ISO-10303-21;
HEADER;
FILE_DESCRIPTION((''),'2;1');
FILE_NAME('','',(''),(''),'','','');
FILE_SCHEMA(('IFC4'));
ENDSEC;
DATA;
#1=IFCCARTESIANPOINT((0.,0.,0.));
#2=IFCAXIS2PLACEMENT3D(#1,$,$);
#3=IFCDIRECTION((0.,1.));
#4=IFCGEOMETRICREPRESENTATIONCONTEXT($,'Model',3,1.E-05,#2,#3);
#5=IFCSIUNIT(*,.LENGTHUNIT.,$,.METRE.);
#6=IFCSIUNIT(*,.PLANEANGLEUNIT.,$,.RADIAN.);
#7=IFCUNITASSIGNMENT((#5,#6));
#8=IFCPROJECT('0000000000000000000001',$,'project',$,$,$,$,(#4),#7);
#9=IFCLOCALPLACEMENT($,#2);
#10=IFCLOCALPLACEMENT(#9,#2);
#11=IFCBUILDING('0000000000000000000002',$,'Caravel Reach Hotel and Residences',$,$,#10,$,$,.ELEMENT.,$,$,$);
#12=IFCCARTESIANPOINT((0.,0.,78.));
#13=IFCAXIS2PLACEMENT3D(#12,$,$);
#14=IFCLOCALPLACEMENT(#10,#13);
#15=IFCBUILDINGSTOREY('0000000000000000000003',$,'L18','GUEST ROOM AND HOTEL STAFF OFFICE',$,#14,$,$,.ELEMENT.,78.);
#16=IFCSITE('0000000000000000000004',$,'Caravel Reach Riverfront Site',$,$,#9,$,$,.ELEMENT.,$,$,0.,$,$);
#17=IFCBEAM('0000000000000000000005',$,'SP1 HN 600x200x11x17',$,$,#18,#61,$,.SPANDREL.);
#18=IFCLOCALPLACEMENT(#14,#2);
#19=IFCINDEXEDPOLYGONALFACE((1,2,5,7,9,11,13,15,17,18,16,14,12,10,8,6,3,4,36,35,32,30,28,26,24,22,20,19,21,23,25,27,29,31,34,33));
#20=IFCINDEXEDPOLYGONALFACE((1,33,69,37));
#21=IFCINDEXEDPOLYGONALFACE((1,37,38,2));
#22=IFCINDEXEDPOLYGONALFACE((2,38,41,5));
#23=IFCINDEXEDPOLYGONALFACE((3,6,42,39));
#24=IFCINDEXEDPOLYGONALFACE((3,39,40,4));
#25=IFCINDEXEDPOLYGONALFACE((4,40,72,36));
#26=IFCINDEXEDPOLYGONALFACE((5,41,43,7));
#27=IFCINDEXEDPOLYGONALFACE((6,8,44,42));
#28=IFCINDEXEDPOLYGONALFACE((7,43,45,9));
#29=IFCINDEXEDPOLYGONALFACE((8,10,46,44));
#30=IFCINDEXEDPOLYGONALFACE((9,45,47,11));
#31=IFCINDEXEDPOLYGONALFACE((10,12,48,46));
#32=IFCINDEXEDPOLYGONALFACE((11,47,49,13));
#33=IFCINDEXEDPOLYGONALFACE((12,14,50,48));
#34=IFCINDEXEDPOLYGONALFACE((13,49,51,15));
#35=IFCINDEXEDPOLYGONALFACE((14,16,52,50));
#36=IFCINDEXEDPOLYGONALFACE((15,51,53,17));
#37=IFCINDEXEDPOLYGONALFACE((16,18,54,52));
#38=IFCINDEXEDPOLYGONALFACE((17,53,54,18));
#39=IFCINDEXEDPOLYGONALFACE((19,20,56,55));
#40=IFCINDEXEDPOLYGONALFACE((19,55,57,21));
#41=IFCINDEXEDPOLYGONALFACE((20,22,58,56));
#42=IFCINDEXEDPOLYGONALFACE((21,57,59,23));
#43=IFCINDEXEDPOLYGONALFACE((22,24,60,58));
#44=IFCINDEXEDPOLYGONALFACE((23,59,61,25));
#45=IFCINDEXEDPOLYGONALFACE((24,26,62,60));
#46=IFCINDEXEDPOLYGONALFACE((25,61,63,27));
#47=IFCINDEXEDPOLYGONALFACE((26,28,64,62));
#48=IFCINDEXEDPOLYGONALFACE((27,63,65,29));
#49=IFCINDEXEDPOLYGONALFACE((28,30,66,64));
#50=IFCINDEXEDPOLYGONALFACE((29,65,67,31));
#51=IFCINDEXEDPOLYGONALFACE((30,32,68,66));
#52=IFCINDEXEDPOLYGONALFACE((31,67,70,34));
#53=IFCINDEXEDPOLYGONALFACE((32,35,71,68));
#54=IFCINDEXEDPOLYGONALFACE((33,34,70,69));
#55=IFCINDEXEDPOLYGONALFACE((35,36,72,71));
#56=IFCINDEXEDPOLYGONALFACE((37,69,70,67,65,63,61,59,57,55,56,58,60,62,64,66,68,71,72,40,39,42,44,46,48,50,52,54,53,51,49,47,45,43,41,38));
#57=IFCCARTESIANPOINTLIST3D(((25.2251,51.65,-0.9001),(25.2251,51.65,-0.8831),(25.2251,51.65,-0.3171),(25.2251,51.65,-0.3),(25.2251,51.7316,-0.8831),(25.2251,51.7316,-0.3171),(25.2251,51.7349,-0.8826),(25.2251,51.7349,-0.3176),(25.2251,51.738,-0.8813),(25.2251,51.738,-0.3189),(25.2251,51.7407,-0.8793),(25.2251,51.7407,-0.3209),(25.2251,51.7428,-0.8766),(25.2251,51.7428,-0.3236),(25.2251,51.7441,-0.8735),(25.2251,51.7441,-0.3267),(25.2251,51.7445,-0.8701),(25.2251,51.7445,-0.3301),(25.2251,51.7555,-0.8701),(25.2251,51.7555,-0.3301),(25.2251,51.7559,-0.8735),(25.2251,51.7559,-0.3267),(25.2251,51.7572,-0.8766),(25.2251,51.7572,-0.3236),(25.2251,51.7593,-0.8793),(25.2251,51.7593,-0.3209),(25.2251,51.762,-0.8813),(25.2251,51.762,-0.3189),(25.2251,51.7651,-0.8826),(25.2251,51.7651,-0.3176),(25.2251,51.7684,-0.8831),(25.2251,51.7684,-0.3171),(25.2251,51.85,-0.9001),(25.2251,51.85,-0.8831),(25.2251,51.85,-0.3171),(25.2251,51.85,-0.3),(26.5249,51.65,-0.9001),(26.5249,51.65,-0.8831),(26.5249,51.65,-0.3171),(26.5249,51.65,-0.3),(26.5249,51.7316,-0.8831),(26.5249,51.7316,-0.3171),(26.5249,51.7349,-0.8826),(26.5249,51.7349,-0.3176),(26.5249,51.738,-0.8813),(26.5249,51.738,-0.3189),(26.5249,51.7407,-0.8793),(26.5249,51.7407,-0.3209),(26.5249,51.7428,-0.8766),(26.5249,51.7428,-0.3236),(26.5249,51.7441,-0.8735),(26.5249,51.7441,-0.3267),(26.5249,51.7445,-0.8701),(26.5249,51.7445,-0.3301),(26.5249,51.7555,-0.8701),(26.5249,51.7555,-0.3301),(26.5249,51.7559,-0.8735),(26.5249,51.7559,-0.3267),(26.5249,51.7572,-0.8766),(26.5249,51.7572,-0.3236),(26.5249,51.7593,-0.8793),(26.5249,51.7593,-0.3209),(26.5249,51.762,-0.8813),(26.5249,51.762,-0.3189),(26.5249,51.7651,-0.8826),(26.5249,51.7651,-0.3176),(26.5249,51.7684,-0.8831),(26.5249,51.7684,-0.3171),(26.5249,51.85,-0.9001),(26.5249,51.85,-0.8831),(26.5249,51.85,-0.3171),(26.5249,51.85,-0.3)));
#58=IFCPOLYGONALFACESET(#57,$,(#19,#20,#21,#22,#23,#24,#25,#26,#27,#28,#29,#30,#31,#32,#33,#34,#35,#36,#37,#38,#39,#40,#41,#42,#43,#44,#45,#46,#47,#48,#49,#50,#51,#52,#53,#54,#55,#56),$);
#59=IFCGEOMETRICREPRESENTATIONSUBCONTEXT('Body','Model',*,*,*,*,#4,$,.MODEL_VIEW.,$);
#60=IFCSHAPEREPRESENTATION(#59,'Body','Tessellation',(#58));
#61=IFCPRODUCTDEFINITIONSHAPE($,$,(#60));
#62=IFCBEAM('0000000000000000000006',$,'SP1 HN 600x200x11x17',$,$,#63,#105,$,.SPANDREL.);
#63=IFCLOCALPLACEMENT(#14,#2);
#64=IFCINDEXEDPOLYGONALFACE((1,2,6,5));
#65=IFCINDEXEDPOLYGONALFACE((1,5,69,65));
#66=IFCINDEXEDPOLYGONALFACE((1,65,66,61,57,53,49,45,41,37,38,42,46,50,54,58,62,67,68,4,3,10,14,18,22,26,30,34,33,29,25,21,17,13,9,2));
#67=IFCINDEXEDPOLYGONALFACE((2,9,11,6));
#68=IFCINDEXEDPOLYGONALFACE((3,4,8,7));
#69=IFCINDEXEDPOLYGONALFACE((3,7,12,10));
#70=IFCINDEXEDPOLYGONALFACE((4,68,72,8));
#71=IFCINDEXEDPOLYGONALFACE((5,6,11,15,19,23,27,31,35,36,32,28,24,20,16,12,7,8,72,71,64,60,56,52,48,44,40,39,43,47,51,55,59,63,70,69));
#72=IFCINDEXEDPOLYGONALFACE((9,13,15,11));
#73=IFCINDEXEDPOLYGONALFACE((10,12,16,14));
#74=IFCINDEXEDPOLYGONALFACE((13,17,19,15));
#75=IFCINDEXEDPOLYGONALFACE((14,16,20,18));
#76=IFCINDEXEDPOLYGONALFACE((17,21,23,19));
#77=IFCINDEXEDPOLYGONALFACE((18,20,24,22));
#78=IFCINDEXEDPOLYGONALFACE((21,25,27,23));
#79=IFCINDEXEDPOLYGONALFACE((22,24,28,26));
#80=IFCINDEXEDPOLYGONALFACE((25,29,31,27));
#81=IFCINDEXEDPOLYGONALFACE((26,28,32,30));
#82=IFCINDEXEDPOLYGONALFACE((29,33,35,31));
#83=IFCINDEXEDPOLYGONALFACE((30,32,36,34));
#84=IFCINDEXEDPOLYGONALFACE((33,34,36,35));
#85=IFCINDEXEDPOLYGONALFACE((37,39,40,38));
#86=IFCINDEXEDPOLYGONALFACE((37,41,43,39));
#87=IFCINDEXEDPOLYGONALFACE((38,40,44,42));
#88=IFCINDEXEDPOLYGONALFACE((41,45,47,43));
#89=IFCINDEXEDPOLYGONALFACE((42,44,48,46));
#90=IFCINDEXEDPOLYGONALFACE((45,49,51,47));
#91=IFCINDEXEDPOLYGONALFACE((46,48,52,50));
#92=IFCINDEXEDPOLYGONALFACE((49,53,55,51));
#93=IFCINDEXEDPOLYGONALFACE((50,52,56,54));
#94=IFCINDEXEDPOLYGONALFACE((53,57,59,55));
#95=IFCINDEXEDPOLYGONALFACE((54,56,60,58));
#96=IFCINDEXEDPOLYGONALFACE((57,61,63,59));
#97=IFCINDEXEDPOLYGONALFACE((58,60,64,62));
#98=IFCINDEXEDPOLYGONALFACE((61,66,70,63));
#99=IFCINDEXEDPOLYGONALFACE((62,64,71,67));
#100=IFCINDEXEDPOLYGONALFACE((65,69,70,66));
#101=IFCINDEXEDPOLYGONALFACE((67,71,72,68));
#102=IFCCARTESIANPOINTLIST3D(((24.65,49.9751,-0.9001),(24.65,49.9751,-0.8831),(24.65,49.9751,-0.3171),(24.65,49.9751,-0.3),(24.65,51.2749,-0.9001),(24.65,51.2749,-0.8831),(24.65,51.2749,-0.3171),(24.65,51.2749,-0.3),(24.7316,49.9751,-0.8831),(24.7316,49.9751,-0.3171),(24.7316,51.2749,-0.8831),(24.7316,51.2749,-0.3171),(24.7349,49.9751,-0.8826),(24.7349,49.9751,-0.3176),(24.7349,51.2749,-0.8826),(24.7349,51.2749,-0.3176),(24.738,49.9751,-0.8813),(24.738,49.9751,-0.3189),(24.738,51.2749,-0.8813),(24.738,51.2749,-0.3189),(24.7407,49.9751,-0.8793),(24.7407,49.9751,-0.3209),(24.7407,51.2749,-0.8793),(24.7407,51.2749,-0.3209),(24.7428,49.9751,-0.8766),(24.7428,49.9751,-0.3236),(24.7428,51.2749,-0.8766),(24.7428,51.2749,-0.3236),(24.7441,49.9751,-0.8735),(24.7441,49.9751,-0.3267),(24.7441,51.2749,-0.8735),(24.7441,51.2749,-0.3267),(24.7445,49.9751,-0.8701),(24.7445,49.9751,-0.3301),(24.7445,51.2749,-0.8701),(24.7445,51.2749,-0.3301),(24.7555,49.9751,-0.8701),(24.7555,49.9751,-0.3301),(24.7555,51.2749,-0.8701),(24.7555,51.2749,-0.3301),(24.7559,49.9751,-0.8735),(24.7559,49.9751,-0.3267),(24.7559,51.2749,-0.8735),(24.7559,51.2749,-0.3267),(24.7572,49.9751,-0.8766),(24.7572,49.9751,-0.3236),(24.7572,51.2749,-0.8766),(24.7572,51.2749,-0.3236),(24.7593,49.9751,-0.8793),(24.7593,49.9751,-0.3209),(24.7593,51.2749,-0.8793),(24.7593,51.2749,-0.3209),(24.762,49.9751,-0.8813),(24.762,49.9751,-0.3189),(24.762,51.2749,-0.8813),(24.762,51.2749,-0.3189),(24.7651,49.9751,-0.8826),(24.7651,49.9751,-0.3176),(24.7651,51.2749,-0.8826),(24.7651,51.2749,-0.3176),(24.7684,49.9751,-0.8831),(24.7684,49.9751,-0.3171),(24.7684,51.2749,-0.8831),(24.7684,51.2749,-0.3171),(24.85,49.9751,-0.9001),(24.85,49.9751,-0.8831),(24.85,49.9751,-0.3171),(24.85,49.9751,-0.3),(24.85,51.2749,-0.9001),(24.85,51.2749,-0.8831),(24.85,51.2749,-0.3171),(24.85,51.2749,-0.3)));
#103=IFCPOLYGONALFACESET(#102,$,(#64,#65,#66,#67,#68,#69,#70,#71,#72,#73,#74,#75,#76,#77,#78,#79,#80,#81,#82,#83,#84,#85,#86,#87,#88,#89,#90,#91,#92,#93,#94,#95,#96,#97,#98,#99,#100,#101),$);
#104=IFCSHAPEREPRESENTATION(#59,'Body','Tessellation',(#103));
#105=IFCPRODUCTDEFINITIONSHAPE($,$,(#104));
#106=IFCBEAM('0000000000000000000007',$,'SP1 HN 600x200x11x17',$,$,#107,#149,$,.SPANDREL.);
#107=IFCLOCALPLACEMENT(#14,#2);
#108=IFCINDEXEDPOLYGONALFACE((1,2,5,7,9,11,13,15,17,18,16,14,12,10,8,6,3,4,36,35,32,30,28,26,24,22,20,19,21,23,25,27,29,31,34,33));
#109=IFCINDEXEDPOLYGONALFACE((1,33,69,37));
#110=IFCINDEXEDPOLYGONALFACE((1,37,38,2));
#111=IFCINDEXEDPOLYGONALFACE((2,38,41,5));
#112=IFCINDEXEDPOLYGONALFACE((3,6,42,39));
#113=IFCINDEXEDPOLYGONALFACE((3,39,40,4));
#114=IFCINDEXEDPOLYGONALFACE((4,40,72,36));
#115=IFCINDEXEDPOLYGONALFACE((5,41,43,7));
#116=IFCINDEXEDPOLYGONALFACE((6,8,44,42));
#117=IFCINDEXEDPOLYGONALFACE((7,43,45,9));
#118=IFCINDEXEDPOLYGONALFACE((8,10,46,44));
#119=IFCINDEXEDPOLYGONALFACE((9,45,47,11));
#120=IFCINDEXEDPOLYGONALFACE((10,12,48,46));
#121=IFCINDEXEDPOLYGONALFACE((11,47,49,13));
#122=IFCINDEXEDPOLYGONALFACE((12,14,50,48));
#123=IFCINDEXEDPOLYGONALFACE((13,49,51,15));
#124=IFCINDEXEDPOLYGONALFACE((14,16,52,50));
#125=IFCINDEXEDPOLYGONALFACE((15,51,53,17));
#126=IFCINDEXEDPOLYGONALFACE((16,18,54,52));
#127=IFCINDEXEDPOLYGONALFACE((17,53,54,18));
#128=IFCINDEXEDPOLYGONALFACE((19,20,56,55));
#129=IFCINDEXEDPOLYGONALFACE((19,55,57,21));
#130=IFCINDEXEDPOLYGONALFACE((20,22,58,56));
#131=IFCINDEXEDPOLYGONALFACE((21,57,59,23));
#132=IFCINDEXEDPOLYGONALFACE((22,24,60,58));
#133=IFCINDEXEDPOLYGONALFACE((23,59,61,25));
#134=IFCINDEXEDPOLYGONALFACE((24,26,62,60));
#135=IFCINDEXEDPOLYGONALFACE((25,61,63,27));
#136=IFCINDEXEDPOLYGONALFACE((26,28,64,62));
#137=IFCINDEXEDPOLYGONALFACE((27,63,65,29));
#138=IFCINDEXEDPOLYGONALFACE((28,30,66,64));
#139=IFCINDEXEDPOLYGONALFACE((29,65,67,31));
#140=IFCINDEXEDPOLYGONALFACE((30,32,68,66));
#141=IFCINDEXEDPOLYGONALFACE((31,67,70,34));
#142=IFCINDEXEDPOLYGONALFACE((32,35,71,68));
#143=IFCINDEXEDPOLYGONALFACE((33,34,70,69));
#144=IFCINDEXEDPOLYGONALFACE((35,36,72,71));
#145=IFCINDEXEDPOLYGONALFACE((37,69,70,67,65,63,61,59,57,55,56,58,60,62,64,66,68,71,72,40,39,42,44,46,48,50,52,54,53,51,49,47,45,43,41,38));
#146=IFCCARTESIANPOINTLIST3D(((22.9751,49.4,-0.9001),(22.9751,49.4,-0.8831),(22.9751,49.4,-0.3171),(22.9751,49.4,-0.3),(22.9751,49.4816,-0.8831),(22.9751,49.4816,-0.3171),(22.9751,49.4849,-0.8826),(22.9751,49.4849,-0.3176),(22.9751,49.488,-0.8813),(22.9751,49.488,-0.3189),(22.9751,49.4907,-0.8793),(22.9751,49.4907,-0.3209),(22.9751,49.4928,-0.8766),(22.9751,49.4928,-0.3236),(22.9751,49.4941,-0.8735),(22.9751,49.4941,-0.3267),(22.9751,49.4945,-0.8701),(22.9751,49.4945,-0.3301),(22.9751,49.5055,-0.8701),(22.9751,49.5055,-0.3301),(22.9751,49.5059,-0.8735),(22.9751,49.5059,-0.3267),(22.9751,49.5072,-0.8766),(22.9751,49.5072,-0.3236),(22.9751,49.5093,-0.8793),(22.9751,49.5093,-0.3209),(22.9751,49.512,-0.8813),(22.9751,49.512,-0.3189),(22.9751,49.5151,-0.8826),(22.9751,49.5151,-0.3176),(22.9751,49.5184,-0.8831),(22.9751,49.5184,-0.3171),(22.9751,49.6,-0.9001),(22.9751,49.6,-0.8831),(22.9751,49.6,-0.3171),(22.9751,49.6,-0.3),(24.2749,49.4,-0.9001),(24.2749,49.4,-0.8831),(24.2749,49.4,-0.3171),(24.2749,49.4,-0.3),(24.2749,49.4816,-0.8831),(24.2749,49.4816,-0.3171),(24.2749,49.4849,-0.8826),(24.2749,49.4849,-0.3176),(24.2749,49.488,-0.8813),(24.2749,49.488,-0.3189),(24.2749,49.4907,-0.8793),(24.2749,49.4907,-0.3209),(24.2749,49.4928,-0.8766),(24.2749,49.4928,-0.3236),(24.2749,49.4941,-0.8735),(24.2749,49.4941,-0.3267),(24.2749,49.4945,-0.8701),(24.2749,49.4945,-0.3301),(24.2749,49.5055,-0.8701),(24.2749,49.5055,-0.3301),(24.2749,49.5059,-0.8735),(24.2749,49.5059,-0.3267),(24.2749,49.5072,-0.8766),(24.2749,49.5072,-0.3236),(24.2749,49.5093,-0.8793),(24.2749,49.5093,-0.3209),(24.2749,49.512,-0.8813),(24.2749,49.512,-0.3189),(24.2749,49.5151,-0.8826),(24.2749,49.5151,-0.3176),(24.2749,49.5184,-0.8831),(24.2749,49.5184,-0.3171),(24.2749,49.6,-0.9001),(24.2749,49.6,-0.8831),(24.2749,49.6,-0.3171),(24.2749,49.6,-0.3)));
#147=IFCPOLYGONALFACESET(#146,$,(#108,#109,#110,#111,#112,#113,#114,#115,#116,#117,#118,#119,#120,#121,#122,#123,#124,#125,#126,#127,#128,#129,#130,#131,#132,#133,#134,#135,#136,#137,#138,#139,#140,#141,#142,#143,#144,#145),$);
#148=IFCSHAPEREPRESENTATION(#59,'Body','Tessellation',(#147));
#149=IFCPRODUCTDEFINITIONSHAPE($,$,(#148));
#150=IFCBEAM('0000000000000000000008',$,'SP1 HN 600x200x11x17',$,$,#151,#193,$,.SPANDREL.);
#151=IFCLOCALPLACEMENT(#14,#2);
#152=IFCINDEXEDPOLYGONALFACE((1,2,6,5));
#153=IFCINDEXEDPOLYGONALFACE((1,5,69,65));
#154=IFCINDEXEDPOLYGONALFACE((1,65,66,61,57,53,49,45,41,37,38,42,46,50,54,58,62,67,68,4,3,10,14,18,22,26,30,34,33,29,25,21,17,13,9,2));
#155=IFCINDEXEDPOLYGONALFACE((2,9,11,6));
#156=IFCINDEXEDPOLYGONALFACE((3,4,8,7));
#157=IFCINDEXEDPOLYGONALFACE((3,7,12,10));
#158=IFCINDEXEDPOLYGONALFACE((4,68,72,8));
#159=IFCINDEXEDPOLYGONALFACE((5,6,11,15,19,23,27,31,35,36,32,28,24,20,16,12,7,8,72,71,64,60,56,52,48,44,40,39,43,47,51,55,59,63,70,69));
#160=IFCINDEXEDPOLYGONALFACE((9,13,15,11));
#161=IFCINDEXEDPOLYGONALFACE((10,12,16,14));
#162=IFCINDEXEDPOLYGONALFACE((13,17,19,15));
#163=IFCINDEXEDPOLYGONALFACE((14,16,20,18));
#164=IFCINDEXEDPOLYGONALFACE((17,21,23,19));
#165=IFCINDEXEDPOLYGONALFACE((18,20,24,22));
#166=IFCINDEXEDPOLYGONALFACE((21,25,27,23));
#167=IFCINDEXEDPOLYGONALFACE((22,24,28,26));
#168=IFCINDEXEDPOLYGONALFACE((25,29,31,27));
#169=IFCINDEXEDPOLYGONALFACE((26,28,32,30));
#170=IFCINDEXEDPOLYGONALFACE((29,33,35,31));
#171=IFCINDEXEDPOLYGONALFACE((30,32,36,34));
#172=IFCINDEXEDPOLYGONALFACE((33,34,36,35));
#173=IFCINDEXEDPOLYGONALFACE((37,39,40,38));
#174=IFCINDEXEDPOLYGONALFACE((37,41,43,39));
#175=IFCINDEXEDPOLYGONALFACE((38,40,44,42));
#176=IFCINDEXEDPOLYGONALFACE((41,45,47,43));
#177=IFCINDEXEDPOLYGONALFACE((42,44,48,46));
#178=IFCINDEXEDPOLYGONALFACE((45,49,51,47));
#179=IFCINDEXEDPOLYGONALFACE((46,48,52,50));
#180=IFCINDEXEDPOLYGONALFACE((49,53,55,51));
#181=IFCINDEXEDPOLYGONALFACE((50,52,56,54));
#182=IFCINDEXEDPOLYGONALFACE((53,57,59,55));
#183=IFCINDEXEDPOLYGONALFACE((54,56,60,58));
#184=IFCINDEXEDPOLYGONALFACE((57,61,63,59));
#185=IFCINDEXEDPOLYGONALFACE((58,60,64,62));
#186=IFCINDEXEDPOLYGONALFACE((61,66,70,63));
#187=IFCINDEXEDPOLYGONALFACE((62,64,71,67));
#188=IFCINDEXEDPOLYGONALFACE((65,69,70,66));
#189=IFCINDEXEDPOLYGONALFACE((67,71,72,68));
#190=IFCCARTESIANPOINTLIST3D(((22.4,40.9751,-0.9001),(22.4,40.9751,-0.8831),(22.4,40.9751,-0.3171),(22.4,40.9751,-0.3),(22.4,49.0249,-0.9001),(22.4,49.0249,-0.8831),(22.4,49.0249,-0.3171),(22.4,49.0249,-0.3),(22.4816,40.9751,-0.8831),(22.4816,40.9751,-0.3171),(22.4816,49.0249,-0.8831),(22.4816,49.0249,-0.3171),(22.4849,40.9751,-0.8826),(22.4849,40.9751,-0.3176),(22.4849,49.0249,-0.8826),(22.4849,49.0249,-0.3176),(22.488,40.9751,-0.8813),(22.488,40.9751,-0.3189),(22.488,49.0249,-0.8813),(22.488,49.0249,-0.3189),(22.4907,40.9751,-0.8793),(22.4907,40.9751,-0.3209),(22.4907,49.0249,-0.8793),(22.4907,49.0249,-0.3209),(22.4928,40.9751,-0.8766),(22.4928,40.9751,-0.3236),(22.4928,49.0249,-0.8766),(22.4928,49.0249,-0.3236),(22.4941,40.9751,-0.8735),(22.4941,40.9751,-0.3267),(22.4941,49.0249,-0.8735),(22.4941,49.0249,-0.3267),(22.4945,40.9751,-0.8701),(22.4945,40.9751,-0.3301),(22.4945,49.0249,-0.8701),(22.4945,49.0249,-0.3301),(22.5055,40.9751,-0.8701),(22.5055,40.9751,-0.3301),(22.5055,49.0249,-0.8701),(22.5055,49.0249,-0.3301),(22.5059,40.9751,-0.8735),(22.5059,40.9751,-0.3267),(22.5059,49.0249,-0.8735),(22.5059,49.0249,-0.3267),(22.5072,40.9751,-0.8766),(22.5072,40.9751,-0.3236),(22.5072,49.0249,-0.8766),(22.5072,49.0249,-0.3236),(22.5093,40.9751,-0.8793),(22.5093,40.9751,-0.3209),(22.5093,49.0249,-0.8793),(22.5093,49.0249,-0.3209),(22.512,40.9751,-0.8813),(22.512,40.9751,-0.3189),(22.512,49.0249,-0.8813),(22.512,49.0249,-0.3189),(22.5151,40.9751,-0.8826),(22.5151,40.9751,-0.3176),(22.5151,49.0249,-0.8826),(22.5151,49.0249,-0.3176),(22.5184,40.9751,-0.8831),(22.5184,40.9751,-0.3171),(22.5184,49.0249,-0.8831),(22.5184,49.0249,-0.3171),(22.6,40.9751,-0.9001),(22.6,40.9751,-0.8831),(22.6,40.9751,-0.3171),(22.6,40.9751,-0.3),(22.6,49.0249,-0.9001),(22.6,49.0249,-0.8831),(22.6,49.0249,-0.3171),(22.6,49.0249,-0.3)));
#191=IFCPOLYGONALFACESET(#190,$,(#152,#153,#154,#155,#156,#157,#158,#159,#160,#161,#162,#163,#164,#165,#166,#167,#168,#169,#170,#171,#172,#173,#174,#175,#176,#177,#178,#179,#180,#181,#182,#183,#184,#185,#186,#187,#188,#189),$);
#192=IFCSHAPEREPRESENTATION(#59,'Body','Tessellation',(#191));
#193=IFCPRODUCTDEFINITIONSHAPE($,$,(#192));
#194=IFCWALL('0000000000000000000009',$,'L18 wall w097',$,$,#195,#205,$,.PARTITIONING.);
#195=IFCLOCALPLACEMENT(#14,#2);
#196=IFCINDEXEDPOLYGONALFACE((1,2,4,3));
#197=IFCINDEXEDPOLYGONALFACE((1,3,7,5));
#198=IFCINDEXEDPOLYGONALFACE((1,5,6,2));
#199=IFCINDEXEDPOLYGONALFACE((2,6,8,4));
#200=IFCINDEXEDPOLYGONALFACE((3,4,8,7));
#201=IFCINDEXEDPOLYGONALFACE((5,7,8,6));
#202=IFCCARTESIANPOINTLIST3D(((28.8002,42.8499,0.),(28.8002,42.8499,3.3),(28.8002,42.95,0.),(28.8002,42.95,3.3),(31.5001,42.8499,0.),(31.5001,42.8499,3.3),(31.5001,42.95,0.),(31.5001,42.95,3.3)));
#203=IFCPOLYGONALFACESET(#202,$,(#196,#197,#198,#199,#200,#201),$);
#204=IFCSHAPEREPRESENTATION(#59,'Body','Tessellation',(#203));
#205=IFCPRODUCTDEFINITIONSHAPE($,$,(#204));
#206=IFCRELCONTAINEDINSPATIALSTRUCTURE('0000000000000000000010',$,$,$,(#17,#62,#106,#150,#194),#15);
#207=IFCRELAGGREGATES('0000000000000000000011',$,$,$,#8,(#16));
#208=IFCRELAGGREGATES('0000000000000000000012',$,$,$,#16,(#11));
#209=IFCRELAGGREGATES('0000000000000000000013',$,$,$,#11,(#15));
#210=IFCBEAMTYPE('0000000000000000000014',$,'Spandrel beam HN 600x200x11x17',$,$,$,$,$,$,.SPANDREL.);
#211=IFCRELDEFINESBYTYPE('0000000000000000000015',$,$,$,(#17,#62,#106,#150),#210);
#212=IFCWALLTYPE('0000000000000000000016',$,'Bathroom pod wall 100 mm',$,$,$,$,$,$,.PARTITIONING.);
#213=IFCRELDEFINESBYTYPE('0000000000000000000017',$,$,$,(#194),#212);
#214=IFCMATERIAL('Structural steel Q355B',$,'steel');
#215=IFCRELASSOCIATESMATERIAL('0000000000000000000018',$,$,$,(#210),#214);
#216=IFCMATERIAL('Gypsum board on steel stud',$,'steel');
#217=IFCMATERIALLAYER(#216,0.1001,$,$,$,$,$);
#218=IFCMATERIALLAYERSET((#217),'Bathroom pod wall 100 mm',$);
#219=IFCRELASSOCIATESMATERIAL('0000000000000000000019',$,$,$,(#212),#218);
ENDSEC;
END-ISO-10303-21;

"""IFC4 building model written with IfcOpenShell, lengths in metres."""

from ifc_helpers import new_model, si_unit, direction, frame, frame_2d, origin, origin_2d, place, context, subcontext, project, spatial, rectangle, i_section, extrude, material, layer, layer_set, material_profile, profile_set, type_object, element, save


model = new_model("IFC4")

# Units and contexts
model_context = context("Model", 3, precision=1e-05, world=origin(), true_north=direction((0.0, 1.0)))
body_context = subcontext(model_context, "Body", "Model", "MODEL_VIEW")
ifc_project = project(units=[si_unit("LENGTHUNIT", "METRE"), si_unit("PLANEANGLEUNIT", "RADIAN")], contexts=[model_context])

# Site, building, storey
site_placement = place(None, origin())
site = spatial("IfcSite", under=ifc_project, at=site_placement, Name="Caravel Reach Riverfront Site", CompositionType="ELEMENT", RefElevation=0.0)
building_placement = place(site_placement, origin())
building = spatial("IfcBuilding", under=site, at=building_placement, Name="Caravel Reach Hotel and Residences", CompositionType="ELEMENT")
storey_placement = place(building_placement, frame((0.0, 0.0, 78.0)))
storey = spatial("IfcBuildingStorey", under=building, at=storey_placement, Name="L18", Description="GUEST ROOM AND HOTEL STAFF OFFICE", CompositionType="ELEMENT", Elevation=78.0)

# Beams
ifc_material_1 = material(Name="Structural steel Q355B", Category="steel")
ifc_material_profile_1 = material_profile(ifc_material_1, i_section(OverallWidth=0.2, OverallDepth=0.6001, WebThickness=0.011, FlangeThickness=0.0171, FilletRadius=0.0129, at=origin_2d()), Name="HN 600x200x11x17")
ifc_profile_set_1 = profile_set([ifc_material_profile_1], Name="Structural steel Q355B")
beam_type_1 = type_object("IfcBeamType", Name="Spandrel beam HN 600x200x11x17", PredefinedType="SPANDREL", material=ifc_profile_set_1)
for number, where, z_axis, x_axis, name in (
    (1, (26.5249, 51.75, -0.6001), (-1.0, 0.0, 0.0), (0.0, -1.0, 0.0), "SP1 HN 600x200x11x17"),
    (2, (24.75, 51.2749, -0.6001), (0.0, -1.0, 0.0), (1.0, 0.0, 0.0), "SP1 HN 600x200x11x17"),
    (3, (24.2749, 49.5, -0.6001), (-1.0, 0.0, 0.0), (0.0, -1.0, 0.0), "SP1 HN 600x200x11x17"),
):
    element("IfcBeam", number, at=place(storey_placement, frame(where, z_axis=z_axis, x_axis=x_axis)), inside=storey, type_object=beam_type_1, Name=name, PredefinedType="SPANDREL", context=body_context, shape_type="SweptSolid", body=[
        extrude(i_section(OverallWidth=0.2, OverallDepth=0.6001, WebThickness=0.011, FlangeThickness=0.0171, FilletRadius=0.0129, at=origin_2d()), origin(), (0.0, 0.0, 1.0), 1.2998),
    ])
beam_1_placement = place(storey_placement, frame((22.5, 49.0249, -0.6001), z_axis=(0.0, -1.0, 0.0), x_axis=(1.0, 0.0, 0.0)))
element("IfcBeam", 4, at=beam_1_placement, inside=storey, type_object=beam_type_1, Name="SP1 HN 600x200x11x17", PredefinedType="SPANDREL", context=body_context, shape_type="SweptSolid", body=[
    extrude(i_section(OverallWidth=0.2, OverallDepth=0.6001, WebThickness=0.011, FlangeThickness=0.0171, FilletRadius=0.0129, at=origin_2d()), origin(), (0.0, 0.0, 1.0), 8.0498),
])

# Wall
ifc_material_2 = material(Name="Gypsum board on steel stud", Category="steel")
ifc_layer_1 = layer(ifc_material_2, 0.1001)
ifc_layer_set_1 = layer_set([ifc_layer_1], Name="Bathroom pod wall 100 mm")
wall_type_1 = type_object("IfcWallType", Name="Bathroom pod wall 100 mm", PredefinedType="PARTITIONING", material=ifc_layer_set_1)
for number, where, z_axis, x_axis, name in (
    (5, (28.8, 42.8999, 0.0), (0.0, 0.0, 1.0), (1.0, 0.0, 0.0), "L18 wall w097"),
):
    element("IfcWall", number, at=place(storey_placement, frame(where, z_axis=z_axis, x_axis=x_axis)), inside=storey, type_object=wall_type_1, Name=name, PredefinedType="PARTITIONING", context=body_context, shape_type="SweptSolid", body=[
        extrude(rectangle(XDim=2.7, YDim=0.1001, at=frame_2d((1.3501, 0.0))), origin(), (0.0, 0.0, 1.0), 3.3),
    ])

save(model, "model.ifc")
